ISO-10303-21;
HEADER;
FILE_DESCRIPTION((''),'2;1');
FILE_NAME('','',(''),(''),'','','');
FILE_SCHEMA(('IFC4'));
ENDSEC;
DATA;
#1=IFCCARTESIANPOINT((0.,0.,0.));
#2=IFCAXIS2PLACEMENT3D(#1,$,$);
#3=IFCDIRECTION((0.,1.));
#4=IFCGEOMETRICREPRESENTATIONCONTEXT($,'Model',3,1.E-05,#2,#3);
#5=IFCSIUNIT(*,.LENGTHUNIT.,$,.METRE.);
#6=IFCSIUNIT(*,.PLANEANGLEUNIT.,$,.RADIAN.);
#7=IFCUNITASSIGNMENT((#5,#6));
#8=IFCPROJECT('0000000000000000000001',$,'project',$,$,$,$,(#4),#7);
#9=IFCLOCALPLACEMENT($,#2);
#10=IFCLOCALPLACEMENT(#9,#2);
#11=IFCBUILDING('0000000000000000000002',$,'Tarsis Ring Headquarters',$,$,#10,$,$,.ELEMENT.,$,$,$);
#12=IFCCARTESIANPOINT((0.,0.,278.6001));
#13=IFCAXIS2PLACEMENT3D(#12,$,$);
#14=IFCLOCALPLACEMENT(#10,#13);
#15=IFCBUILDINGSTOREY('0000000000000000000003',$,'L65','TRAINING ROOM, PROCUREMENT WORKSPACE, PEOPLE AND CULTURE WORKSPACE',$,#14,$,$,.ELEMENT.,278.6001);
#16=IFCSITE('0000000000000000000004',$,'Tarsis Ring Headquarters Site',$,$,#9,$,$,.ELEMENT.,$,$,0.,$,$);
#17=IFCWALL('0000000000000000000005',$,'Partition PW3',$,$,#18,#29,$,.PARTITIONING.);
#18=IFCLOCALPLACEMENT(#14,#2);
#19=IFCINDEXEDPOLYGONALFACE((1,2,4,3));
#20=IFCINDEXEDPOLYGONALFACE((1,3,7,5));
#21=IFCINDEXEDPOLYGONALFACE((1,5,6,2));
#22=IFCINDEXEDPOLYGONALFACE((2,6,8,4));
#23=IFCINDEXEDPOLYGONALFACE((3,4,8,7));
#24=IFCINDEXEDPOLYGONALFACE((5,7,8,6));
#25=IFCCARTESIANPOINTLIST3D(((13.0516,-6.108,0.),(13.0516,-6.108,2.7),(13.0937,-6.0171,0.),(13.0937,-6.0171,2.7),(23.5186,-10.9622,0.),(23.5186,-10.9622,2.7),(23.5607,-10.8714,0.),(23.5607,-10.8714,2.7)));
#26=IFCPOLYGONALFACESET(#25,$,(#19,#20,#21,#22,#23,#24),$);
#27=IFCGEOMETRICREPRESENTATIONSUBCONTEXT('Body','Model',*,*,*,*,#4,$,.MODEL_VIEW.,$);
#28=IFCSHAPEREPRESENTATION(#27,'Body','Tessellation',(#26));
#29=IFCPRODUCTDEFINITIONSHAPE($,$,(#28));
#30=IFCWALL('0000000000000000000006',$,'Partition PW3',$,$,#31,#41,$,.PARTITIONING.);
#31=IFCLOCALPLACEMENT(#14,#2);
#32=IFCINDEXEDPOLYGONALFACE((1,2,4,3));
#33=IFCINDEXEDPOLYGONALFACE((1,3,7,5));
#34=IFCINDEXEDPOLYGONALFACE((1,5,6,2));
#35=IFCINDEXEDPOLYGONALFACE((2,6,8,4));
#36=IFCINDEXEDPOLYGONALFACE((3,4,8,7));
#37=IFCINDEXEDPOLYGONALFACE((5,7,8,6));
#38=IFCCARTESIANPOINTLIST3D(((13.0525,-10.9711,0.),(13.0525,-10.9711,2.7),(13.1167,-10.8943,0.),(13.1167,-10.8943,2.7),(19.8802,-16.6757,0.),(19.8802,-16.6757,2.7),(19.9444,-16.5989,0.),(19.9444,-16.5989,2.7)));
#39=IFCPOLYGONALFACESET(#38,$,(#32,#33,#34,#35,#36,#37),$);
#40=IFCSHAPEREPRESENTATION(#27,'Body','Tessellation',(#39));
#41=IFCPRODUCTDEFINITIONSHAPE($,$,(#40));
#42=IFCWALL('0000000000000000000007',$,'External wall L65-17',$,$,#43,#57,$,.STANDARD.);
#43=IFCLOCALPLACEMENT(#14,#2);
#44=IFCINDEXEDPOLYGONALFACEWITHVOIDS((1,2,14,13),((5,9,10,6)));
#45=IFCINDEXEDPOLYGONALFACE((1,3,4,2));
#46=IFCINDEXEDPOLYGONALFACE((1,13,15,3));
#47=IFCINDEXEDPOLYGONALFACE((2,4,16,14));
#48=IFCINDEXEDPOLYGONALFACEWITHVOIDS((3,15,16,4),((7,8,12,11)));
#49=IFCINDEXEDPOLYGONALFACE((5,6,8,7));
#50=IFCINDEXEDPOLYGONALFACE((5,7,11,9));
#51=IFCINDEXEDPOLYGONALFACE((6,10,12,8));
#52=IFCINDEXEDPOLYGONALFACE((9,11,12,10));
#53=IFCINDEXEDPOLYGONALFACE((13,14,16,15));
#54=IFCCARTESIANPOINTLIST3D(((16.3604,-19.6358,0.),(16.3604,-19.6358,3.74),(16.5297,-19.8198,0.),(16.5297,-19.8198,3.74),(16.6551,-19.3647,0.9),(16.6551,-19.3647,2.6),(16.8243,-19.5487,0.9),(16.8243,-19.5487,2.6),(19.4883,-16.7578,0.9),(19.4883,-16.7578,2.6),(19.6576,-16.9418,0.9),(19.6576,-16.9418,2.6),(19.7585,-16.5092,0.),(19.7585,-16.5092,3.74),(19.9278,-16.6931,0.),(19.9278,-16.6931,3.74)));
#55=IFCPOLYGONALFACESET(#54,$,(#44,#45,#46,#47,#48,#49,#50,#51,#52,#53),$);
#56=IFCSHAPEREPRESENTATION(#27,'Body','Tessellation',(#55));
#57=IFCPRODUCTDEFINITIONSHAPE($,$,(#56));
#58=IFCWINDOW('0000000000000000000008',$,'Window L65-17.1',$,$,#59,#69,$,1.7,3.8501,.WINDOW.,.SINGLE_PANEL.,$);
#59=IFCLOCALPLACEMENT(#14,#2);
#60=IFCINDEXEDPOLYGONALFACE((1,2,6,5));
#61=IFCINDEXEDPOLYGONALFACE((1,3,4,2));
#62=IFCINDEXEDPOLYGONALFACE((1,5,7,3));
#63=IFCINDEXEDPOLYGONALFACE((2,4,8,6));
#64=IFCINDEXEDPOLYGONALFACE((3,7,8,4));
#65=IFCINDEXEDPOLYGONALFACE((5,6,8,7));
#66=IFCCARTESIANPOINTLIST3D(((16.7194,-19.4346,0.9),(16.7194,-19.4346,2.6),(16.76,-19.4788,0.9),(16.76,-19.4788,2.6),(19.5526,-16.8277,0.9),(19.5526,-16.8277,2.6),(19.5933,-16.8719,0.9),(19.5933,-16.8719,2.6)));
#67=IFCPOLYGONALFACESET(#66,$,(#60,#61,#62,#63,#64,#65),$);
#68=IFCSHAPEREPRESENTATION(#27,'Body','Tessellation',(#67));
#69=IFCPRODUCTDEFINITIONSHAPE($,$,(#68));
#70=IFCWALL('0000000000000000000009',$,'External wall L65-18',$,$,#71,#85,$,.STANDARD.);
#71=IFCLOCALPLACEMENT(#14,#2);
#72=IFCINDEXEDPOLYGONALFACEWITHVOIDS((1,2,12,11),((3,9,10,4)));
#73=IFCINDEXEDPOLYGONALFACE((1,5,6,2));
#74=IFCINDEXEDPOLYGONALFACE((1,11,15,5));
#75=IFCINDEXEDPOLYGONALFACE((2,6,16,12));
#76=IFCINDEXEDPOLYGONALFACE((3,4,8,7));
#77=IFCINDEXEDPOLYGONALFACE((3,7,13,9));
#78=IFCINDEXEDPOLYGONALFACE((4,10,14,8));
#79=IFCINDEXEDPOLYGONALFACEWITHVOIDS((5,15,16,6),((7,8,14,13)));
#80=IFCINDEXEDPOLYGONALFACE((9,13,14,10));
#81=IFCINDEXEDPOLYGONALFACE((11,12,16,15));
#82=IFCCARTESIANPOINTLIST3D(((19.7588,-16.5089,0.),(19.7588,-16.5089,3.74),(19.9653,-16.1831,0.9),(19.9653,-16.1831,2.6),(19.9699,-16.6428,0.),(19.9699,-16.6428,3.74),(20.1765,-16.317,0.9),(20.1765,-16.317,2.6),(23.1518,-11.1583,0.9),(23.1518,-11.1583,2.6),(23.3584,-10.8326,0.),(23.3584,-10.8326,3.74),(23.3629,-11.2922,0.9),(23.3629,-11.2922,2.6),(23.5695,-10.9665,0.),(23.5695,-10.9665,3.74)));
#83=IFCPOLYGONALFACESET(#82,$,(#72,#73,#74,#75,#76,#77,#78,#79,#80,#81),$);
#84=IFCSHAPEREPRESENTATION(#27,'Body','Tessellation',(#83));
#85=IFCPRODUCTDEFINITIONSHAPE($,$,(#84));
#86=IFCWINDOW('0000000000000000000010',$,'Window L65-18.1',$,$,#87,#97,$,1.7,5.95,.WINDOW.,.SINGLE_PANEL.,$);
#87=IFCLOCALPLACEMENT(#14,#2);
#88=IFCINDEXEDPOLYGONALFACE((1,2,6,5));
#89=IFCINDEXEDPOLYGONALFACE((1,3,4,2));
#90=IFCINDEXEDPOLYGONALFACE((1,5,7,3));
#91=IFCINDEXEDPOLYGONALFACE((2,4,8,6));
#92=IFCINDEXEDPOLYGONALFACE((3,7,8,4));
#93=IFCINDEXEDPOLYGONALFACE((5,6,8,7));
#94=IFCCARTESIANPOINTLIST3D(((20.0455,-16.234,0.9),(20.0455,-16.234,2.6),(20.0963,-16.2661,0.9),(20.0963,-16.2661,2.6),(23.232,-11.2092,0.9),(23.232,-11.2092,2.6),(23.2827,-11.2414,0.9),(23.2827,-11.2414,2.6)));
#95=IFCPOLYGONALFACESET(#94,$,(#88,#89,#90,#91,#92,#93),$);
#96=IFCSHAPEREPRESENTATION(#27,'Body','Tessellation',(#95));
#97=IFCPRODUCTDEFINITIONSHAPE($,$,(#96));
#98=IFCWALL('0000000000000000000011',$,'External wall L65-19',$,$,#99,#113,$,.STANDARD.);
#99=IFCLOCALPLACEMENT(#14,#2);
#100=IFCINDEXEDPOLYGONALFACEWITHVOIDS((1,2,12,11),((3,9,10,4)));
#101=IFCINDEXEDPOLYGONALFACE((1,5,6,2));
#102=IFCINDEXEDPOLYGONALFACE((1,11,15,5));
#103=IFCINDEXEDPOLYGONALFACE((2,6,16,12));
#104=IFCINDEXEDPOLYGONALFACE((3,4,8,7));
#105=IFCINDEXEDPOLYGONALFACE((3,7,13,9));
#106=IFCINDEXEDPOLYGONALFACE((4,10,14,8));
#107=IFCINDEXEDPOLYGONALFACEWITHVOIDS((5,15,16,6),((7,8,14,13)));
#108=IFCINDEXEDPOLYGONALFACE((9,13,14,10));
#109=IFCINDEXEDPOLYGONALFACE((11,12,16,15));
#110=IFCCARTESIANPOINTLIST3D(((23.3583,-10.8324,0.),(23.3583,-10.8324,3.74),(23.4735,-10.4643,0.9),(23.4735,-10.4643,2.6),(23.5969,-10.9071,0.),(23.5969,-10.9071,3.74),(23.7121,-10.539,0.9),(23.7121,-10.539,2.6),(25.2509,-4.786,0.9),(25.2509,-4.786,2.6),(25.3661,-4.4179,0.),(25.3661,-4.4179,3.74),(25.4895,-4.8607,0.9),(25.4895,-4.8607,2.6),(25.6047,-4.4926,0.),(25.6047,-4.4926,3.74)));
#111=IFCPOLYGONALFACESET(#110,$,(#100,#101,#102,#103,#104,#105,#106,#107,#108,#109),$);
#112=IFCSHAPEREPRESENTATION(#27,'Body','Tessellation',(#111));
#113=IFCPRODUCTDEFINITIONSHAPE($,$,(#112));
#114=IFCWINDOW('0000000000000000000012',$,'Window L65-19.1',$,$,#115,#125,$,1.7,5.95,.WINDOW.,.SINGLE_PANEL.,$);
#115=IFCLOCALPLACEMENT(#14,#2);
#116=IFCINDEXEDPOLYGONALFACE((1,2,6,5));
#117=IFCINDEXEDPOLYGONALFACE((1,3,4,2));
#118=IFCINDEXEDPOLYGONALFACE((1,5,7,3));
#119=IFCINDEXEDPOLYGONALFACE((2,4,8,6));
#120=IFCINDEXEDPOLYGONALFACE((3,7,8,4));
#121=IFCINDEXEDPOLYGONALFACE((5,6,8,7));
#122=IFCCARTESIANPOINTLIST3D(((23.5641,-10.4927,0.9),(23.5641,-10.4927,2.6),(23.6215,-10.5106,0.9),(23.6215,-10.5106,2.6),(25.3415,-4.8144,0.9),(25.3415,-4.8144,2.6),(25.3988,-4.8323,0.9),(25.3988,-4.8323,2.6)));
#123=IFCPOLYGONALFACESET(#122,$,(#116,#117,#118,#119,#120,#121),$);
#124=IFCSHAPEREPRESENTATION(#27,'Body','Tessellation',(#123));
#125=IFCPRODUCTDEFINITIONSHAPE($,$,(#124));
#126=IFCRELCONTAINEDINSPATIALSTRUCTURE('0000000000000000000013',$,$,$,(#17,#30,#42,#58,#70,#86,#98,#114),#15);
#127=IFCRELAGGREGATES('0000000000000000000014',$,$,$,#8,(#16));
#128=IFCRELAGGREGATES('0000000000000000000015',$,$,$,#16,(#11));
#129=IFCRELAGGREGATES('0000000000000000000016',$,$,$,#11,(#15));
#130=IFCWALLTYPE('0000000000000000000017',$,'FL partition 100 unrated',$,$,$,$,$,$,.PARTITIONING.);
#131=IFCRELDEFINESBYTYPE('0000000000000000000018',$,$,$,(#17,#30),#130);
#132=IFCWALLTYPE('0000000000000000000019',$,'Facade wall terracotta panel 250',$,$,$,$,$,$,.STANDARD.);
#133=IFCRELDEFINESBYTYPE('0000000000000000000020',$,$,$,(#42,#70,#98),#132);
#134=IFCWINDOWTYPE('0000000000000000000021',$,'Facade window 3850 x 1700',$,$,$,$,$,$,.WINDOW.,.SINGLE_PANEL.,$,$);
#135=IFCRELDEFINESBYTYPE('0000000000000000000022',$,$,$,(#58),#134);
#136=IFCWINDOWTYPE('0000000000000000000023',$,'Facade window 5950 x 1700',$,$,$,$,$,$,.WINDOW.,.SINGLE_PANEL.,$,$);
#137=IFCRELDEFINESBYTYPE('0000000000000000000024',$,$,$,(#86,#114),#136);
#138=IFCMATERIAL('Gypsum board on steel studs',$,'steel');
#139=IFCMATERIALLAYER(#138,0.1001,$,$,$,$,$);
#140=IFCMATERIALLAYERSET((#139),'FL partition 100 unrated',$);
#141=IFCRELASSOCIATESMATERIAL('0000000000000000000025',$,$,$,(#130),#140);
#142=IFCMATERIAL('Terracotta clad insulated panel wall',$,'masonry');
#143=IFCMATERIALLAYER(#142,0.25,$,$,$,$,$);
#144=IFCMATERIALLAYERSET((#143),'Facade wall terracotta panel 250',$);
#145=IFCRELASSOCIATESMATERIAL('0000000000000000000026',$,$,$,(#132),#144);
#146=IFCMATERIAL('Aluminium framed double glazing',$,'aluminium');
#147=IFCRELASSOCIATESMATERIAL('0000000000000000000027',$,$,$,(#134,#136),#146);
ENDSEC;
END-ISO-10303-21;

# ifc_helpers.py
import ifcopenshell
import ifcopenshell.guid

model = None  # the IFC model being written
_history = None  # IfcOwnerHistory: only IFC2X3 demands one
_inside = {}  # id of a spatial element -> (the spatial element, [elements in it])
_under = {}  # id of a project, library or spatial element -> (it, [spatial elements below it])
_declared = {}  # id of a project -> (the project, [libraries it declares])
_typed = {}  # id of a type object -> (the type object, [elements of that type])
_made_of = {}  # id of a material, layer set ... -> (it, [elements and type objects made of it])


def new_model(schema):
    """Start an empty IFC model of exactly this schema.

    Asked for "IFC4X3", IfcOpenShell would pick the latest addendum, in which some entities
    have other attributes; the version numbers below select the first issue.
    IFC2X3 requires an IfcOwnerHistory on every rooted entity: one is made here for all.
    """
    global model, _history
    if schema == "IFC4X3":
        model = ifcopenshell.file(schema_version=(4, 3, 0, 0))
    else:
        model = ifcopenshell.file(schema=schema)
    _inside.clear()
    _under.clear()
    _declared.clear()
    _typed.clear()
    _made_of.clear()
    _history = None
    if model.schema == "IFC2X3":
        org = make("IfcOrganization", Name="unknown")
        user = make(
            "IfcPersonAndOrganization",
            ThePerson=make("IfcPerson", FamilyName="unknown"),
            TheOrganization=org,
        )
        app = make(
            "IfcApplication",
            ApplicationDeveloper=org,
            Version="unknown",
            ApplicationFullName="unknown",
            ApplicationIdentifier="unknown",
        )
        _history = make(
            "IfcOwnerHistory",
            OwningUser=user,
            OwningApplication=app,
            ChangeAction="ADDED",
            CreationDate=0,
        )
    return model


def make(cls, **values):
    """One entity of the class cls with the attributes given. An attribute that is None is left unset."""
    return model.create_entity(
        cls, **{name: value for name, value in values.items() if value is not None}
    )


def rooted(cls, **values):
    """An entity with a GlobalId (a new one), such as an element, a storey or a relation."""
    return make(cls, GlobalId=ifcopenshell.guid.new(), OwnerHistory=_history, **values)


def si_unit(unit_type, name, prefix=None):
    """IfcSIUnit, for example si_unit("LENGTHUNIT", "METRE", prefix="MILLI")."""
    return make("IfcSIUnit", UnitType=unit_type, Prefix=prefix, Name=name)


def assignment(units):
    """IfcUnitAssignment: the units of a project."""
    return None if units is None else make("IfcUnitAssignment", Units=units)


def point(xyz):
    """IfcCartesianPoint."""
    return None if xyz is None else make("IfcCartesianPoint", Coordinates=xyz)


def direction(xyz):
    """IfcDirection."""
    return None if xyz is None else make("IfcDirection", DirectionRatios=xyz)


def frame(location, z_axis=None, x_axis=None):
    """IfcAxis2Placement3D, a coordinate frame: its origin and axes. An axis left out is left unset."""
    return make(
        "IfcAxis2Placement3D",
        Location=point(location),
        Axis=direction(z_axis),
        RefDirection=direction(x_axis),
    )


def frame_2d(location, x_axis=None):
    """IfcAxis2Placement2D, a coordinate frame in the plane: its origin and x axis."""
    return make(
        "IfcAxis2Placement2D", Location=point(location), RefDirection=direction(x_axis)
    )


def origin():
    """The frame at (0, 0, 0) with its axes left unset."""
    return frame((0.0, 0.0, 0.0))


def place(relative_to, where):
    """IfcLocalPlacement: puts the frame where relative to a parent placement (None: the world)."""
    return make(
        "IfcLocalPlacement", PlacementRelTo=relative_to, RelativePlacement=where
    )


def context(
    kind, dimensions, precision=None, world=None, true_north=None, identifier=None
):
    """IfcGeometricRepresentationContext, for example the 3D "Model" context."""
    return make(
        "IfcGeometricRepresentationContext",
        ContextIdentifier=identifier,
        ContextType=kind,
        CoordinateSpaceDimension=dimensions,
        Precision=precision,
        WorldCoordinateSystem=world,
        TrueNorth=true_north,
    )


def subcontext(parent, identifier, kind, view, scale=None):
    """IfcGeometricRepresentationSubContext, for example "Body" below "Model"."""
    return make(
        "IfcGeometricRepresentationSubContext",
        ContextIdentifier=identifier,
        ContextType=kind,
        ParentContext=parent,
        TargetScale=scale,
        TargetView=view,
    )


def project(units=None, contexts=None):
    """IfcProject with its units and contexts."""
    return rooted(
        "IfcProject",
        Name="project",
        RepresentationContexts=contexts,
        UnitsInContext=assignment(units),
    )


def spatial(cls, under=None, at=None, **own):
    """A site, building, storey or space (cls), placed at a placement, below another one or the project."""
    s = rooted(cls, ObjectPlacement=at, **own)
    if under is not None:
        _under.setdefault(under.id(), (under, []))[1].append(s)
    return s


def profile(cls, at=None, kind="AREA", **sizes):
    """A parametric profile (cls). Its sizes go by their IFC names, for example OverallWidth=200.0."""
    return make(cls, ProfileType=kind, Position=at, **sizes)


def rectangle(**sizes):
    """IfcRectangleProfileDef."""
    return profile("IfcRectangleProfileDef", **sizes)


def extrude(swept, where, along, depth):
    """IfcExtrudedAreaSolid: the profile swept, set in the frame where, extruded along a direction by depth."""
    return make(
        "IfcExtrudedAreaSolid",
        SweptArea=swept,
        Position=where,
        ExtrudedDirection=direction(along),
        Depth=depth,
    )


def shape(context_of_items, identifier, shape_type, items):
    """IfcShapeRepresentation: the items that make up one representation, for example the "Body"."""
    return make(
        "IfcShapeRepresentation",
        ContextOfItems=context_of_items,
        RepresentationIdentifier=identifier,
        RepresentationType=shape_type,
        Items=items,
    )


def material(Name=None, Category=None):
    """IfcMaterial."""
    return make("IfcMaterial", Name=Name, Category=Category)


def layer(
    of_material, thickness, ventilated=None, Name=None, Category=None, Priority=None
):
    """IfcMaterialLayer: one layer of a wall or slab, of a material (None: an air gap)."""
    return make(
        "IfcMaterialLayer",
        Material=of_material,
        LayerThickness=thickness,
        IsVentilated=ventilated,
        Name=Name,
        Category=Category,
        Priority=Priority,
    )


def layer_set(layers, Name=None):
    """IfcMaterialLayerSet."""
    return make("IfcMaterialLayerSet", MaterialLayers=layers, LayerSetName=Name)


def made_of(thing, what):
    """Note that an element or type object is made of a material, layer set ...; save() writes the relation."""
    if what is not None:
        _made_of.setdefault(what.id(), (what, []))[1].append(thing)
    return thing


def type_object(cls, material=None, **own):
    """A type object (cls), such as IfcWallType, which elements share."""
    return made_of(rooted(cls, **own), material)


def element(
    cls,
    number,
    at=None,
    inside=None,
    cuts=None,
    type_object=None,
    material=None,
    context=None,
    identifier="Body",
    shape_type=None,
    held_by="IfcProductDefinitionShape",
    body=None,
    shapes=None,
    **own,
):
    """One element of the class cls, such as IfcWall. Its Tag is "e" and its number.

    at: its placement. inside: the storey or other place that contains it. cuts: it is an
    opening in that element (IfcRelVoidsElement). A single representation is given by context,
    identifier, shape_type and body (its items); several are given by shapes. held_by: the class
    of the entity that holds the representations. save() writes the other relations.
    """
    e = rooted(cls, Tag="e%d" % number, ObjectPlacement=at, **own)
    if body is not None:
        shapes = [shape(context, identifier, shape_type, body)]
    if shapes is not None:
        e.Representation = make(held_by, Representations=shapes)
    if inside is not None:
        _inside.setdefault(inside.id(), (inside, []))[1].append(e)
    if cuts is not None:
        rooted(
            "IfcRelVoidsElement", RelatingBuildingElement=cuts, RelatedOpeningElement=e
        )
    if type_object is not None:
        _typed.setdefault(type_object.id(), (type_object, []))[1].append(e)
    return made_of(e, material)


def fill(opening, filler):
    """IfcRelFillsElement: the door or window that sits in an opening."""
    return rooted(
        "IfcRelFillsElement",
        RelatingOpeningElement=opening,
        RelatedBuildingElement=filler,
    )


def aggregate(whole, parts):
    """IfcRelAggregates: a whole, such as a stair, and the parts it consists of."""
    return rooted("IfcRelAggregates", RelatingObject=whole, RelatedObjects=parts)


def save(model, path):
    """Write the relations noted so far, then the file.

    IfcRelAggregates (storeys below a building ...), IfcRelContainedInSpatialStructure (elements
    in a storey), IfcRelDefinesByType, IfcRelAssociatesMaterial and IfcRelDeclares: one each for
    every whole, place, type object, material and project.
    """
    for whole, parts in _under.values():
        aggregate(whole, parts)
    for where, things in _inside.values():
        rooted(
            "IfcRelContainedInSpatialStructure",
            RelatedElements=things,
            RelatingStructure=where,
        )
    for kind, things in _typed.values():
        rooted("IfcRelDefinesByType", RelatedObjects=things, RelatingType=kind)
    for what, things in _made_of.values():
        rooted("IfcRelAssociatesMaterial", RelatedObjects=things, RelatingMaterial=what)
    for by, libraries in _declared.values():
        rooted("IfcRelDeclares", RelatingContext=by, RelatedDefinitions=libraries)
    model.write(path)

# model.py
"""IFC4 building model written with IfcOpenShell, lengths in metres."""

from ifc_helpers import new_model, si_unit, direction, frame, frame_2d, origin, place, context, subcontext, project, spatial, rectangle, extrude, material, layer, layer_set, type_object, element, fill, save


model = new_model("IFC4")

# Units and contexts
model_context = context("Model", 3, precision=1e-05, world=origin(), true_north=direction((0.0, 1.0)))
body_context = subcontext(model_context, "Body", "Model", "MODEL_VIEW")
ifc_project = project(units=[si_unit("LENGTHUNIT", "METRE"), si_unit("PLANEANGLEUNIT", "RADIAN")], contexts=[model_context])

# Site, building, storey
site_placement = place(None, origin())
site = spatial("IfcSite", under=ifc_project, at=site_placement, Name="Tarsis Ring Headquarters Site", CompositionType="ELEMENT", RefElevation=0.0)
building_placement = place(site_placement, origin())
building = spatial("IfcBuilding", under=site, at=building_placement, Name="Tarsis Ring Headquarters", CompositionType="ELEMENT")
storey_placement = place(building_placement, frame((0.0, 0.0, 278.6001)))
storey = spatial("IfcBuildingStorey", under=building, at=storey_placement, Name="L65", Description="TRAINING ROOM, PROCUREMENT WORKSPACE, PEOPLE AND CULTURE WORKSPACE", CompositionType="ELEMENT", Elevation=278.6001)

# Walls
ifc_material_1 = material(Name="Gypsum board on steel studs", Category="steel")
ifc_layer_1 = layer(ifc_material_1, 0.1001)
ifc_layer_set_1 = layer_set([ifc_layer_1], Name="FL partition 100 unrated")
wall_type_1 = type_object("IfcWallType", Name="FL partition 100 unrated", PredefinedType="PARTITIONING", material=ifc_layer_set_1)
wall_1_placement = place(storey_placement, frame((13.0725, -6.0625, 0.0), z_axis=(0.0, 0.0, 1.0), x_axis=(0.907189, -0.420723, 0.0)))
element("IfcWall", 1, at=wall_1_placement, inside=storey, type_object=wall_type_1, Name="Partition PW3", PredefinedType="PARTITIONING", context=body_context, shape_type="SweptSolid", body=[
    extrude(rectangle(XDim=11.5378, YDim=0.1001, at=frame_2d((5.769, 0.0))), origin(), (0.0, 0.0, 1.0), 2.7),
])
wall_2_placement = place(storey_placement, frame((13.0845, -10.9326, 0.0), z_axis=(0.0, 0.0, 1.0), x_axis=(0.767397, -0.641172, 0.0)))
element("IfcWall", 2, at=wall_2_placement, inside=storey, type_object=wall_type_1, Name="Partition PW3", PredefinedType="PARTITIONING", context=body_context, shape_type="SweptSolid", body=[
    extrude(rectangle(XDim=8.8972, YDim=0.1001, at=frame_2d((4.4487, 0.0))), origin(), (0.0, 0.0, 1.0), 2.7),
])

# Walls, openings, windows
ifc_material_2 = material(Name="Terracotta clad insulated panel wall", Category="masonry")
ifc_layer_2 = layer(ifc_material_2, 0.25)
ifc_layer_set_2 = layer_set([ifc_layer_2], Name="Facade wall terracotta panel 250")
wall_type_2 = type_object("IfcWallType", Name="Facade wall terracotta panel 250", PredefinedType="STANDARD", material=ifc_layer_set_2)
wall_3_placement = place(storey_placement, frame((16.4451, -19.7278, 0.0), z_axis=(0.0, 0.0, 1.0), x_axis=(0.735891, 0.6771, 0.0)))
wall_3 = element("IfcWall", 3, at=wall_3_placement, inside=storey, type_object=wall_type_2, Name="External wall L65-17", PredefinedType="STANDARD", context=body_context, shape_type="SweptSolid", body=[
    extrude(rectangle(XDim=4.6177, YDim=0.25, at=frame_2d((2.3088, 0.0))), origin(), (0.0, 0.0, 1.0), 3.74),
])
opening_1_placement = place(wall_3_placement, frame((0.4004, 0.0, 0.8999)))
opening_1 = element("IfcOpeningElement", 4, at=opening_1_placement, cuts=wall_3, PredefinedType="OPENING", context=body_context, shape_type="SweptSolid", body=[
    extrude(rectangle(XDim=3.8501, YDim=1.7, at=frame_2d((1.925, 0.8501))), frame((0.0, 0.135, 0.0), z_axis=(0.0, -1.0, 0.0), x_axis=(1.0, 0.0, 0.0)), (0.0, 0.0, 1.0), 0.27),
])
ifc_material_3 = material(Name="Aluminium framed double glazing", Category="aluminium")
window_type_1 = type_object("IfcWindowType", Name="Facade window 3850 x 1700", PartitioningType="SINGLE_PANEL", PredefinedType="WINDOW", material=ifc_material_3)
window_1_placement = place(opening_1_placement, origin())
window_1 = element("IfcWindow", 5, at=window_1_placement, inside=storey, type_object=window_type_1, Name="Window L65-17.1", OverallHeight=1.7, OverallWidth=3.8501, PartitioningType="SINGLE_PANEL", PredefinedType="WINDOW", context=body_context, shape_type="SweptSolid", body=[
    extrude(rectangle(XDim=3.8501, YDim=1.7, at=frame_2d((1.925, 0.8501))), frame((0.0, 0.03, 0.0), z_axis=(0.0, -1.0, 0.0), x_axis=(1.0, 0.0, 0.0)), (0.0, 0.0, 1.0), 0.0601),
])
fill(opening_1, window_1)
wall_4_placement = place(storey_placement, frame((19.8643, -16.5759, 0.0), z_axis=(0.0, 0.0, 1.0), x_axis=(0.535545, 0.844507, 0.0)))
wall_4 = element("IfcWall", 6, at=wall_4_placement, inside=storey, type_object=wall_type_2, Name="External wall L65-18", PredefinedType="STANDARD", context=body_context, shape_type="SweptSolid", body=[
    extrude(rectangle(XDim=6.7214, YDim=0.25, at=frame_2d((3.3608, 0.0))), origin(), (0.0, 0.0, 1.0), 3.74),
])
opening_2_placement = place(wall_4_placement, frame((0.3857, 0.0, 0.8999)))
opening_2 = element("IfcOpeningElement", 7, at=opening_2_placement, cuts=wall_4, PredefinedType="OPENING", context=body_context, shape_type="SweptSolid", body=[
    extrude(rectangle(XDim=5.95, YDim=1.7, at=frame_2d((2.9751, 0.8501))), frame((0.0, 0.135, 0.0), z_axis=(0.0, -1.0, 0.0), x_axis=(1.0, 0.0, 0.0)), (0.0, 0.0, 1.0), 0.27),
])
window_type_2 = type_object("IfcWindowType", Name="Facade window 5950 x 1700", PartitioningType="SINGLE_PANEL", PredefinedType="WINDOW", material=ifc_material_3)
window_2_placement = place(opening_2_placement, origin())
window_2 = element("IfcWindow", 8, at=window_2_placement, inside=storey, type_object=window_type_2, Name="Window L65-18.1", OverallHeight=1.7, OverallWidth=5.95, PartitioningType="SINGLE_PANEL", PredefinedType="WINDOW", context=body_context, shape_type="SweptSolid", body=[
    extrude(rectangle(XDim=5.95, YDim=1.7, at=frame_2d((2.9751, 0.8501))), frame((0.0, 0.03, 0.0), z_axis=(0.0, -1.0, 0.0), x_axis=(1.0, 0.0, 0.0)), (0.0, 0.0, 1.0), 0.0601),
])
fill(opening_2, window_2)
wall_5_placement = place(storey_placement, frame((23.4775, -10.8699, 0.0), z_axis=(0.0, 0.0, 1.0), x_axis=(0.298718, 0.954342, 0.0)))
wall_5 = element("IfcWall", 9, at=wall_5_placement, inside=storey, type_object=wall_type_2, Name="External wall L65-19", PredefinedType="STANDARD", context=body_context, shape_type="SweptSolid", body=[
    extrude(rectangle(XDim=6.7214, YDim=0.25, at=frame_2d((3.3608, 0.0))), origin(), (0.0, 0.0, 1.0), 3.74),
])
opening_3_placement = place(wall_5_placement, frame((0.3857, 0.0, 0.8999)))
opening_3 = element("IfcOpeningElement", 10, at=opening_3_placement, cuts=wall_5, PredefinedType="OPENING", context=body_context, shape_type="SweptSolid", body=[
    extrude(rectangle(XDim=5.95, YDim=1.7, at=frame_2d((2.9751, 0.8501))), frame((0.0, 0.135, 0.0), z_axis=(0.0, -1.0, 0.0), x_axis=(1.0, 0.0, 0.0)), (0.0, 0.0, 1.0), 0.27),
])
window_3_placement = place(opening_3_placement, origin())
window_3 = element("IfcWindow", 11, at=window_3_placement, inside=storey, type_object=window_type_2, Name="Window L65-19.1", OverallHeight=1.7, OverallWidth=5.95, PartitioningType="SINGLE_PANEL", PredefinedType="WINDOW", context=body_context, shape_type="SweptSolid", body=[
    extrude(rectangle(XDim=5.95, YDim=1.7, at=frame_2d((2.9751, 0.8501))), frame((0.0, 0.03, 0.0), z_axis=(0.0, -1.0, 0.0), x_axis=(1.0, 0.0, 0.0)), (0.0, 0.0, 1.0), 0.0601),
])
fill(opening_3, window_3)

save(model, "model.ifc")
